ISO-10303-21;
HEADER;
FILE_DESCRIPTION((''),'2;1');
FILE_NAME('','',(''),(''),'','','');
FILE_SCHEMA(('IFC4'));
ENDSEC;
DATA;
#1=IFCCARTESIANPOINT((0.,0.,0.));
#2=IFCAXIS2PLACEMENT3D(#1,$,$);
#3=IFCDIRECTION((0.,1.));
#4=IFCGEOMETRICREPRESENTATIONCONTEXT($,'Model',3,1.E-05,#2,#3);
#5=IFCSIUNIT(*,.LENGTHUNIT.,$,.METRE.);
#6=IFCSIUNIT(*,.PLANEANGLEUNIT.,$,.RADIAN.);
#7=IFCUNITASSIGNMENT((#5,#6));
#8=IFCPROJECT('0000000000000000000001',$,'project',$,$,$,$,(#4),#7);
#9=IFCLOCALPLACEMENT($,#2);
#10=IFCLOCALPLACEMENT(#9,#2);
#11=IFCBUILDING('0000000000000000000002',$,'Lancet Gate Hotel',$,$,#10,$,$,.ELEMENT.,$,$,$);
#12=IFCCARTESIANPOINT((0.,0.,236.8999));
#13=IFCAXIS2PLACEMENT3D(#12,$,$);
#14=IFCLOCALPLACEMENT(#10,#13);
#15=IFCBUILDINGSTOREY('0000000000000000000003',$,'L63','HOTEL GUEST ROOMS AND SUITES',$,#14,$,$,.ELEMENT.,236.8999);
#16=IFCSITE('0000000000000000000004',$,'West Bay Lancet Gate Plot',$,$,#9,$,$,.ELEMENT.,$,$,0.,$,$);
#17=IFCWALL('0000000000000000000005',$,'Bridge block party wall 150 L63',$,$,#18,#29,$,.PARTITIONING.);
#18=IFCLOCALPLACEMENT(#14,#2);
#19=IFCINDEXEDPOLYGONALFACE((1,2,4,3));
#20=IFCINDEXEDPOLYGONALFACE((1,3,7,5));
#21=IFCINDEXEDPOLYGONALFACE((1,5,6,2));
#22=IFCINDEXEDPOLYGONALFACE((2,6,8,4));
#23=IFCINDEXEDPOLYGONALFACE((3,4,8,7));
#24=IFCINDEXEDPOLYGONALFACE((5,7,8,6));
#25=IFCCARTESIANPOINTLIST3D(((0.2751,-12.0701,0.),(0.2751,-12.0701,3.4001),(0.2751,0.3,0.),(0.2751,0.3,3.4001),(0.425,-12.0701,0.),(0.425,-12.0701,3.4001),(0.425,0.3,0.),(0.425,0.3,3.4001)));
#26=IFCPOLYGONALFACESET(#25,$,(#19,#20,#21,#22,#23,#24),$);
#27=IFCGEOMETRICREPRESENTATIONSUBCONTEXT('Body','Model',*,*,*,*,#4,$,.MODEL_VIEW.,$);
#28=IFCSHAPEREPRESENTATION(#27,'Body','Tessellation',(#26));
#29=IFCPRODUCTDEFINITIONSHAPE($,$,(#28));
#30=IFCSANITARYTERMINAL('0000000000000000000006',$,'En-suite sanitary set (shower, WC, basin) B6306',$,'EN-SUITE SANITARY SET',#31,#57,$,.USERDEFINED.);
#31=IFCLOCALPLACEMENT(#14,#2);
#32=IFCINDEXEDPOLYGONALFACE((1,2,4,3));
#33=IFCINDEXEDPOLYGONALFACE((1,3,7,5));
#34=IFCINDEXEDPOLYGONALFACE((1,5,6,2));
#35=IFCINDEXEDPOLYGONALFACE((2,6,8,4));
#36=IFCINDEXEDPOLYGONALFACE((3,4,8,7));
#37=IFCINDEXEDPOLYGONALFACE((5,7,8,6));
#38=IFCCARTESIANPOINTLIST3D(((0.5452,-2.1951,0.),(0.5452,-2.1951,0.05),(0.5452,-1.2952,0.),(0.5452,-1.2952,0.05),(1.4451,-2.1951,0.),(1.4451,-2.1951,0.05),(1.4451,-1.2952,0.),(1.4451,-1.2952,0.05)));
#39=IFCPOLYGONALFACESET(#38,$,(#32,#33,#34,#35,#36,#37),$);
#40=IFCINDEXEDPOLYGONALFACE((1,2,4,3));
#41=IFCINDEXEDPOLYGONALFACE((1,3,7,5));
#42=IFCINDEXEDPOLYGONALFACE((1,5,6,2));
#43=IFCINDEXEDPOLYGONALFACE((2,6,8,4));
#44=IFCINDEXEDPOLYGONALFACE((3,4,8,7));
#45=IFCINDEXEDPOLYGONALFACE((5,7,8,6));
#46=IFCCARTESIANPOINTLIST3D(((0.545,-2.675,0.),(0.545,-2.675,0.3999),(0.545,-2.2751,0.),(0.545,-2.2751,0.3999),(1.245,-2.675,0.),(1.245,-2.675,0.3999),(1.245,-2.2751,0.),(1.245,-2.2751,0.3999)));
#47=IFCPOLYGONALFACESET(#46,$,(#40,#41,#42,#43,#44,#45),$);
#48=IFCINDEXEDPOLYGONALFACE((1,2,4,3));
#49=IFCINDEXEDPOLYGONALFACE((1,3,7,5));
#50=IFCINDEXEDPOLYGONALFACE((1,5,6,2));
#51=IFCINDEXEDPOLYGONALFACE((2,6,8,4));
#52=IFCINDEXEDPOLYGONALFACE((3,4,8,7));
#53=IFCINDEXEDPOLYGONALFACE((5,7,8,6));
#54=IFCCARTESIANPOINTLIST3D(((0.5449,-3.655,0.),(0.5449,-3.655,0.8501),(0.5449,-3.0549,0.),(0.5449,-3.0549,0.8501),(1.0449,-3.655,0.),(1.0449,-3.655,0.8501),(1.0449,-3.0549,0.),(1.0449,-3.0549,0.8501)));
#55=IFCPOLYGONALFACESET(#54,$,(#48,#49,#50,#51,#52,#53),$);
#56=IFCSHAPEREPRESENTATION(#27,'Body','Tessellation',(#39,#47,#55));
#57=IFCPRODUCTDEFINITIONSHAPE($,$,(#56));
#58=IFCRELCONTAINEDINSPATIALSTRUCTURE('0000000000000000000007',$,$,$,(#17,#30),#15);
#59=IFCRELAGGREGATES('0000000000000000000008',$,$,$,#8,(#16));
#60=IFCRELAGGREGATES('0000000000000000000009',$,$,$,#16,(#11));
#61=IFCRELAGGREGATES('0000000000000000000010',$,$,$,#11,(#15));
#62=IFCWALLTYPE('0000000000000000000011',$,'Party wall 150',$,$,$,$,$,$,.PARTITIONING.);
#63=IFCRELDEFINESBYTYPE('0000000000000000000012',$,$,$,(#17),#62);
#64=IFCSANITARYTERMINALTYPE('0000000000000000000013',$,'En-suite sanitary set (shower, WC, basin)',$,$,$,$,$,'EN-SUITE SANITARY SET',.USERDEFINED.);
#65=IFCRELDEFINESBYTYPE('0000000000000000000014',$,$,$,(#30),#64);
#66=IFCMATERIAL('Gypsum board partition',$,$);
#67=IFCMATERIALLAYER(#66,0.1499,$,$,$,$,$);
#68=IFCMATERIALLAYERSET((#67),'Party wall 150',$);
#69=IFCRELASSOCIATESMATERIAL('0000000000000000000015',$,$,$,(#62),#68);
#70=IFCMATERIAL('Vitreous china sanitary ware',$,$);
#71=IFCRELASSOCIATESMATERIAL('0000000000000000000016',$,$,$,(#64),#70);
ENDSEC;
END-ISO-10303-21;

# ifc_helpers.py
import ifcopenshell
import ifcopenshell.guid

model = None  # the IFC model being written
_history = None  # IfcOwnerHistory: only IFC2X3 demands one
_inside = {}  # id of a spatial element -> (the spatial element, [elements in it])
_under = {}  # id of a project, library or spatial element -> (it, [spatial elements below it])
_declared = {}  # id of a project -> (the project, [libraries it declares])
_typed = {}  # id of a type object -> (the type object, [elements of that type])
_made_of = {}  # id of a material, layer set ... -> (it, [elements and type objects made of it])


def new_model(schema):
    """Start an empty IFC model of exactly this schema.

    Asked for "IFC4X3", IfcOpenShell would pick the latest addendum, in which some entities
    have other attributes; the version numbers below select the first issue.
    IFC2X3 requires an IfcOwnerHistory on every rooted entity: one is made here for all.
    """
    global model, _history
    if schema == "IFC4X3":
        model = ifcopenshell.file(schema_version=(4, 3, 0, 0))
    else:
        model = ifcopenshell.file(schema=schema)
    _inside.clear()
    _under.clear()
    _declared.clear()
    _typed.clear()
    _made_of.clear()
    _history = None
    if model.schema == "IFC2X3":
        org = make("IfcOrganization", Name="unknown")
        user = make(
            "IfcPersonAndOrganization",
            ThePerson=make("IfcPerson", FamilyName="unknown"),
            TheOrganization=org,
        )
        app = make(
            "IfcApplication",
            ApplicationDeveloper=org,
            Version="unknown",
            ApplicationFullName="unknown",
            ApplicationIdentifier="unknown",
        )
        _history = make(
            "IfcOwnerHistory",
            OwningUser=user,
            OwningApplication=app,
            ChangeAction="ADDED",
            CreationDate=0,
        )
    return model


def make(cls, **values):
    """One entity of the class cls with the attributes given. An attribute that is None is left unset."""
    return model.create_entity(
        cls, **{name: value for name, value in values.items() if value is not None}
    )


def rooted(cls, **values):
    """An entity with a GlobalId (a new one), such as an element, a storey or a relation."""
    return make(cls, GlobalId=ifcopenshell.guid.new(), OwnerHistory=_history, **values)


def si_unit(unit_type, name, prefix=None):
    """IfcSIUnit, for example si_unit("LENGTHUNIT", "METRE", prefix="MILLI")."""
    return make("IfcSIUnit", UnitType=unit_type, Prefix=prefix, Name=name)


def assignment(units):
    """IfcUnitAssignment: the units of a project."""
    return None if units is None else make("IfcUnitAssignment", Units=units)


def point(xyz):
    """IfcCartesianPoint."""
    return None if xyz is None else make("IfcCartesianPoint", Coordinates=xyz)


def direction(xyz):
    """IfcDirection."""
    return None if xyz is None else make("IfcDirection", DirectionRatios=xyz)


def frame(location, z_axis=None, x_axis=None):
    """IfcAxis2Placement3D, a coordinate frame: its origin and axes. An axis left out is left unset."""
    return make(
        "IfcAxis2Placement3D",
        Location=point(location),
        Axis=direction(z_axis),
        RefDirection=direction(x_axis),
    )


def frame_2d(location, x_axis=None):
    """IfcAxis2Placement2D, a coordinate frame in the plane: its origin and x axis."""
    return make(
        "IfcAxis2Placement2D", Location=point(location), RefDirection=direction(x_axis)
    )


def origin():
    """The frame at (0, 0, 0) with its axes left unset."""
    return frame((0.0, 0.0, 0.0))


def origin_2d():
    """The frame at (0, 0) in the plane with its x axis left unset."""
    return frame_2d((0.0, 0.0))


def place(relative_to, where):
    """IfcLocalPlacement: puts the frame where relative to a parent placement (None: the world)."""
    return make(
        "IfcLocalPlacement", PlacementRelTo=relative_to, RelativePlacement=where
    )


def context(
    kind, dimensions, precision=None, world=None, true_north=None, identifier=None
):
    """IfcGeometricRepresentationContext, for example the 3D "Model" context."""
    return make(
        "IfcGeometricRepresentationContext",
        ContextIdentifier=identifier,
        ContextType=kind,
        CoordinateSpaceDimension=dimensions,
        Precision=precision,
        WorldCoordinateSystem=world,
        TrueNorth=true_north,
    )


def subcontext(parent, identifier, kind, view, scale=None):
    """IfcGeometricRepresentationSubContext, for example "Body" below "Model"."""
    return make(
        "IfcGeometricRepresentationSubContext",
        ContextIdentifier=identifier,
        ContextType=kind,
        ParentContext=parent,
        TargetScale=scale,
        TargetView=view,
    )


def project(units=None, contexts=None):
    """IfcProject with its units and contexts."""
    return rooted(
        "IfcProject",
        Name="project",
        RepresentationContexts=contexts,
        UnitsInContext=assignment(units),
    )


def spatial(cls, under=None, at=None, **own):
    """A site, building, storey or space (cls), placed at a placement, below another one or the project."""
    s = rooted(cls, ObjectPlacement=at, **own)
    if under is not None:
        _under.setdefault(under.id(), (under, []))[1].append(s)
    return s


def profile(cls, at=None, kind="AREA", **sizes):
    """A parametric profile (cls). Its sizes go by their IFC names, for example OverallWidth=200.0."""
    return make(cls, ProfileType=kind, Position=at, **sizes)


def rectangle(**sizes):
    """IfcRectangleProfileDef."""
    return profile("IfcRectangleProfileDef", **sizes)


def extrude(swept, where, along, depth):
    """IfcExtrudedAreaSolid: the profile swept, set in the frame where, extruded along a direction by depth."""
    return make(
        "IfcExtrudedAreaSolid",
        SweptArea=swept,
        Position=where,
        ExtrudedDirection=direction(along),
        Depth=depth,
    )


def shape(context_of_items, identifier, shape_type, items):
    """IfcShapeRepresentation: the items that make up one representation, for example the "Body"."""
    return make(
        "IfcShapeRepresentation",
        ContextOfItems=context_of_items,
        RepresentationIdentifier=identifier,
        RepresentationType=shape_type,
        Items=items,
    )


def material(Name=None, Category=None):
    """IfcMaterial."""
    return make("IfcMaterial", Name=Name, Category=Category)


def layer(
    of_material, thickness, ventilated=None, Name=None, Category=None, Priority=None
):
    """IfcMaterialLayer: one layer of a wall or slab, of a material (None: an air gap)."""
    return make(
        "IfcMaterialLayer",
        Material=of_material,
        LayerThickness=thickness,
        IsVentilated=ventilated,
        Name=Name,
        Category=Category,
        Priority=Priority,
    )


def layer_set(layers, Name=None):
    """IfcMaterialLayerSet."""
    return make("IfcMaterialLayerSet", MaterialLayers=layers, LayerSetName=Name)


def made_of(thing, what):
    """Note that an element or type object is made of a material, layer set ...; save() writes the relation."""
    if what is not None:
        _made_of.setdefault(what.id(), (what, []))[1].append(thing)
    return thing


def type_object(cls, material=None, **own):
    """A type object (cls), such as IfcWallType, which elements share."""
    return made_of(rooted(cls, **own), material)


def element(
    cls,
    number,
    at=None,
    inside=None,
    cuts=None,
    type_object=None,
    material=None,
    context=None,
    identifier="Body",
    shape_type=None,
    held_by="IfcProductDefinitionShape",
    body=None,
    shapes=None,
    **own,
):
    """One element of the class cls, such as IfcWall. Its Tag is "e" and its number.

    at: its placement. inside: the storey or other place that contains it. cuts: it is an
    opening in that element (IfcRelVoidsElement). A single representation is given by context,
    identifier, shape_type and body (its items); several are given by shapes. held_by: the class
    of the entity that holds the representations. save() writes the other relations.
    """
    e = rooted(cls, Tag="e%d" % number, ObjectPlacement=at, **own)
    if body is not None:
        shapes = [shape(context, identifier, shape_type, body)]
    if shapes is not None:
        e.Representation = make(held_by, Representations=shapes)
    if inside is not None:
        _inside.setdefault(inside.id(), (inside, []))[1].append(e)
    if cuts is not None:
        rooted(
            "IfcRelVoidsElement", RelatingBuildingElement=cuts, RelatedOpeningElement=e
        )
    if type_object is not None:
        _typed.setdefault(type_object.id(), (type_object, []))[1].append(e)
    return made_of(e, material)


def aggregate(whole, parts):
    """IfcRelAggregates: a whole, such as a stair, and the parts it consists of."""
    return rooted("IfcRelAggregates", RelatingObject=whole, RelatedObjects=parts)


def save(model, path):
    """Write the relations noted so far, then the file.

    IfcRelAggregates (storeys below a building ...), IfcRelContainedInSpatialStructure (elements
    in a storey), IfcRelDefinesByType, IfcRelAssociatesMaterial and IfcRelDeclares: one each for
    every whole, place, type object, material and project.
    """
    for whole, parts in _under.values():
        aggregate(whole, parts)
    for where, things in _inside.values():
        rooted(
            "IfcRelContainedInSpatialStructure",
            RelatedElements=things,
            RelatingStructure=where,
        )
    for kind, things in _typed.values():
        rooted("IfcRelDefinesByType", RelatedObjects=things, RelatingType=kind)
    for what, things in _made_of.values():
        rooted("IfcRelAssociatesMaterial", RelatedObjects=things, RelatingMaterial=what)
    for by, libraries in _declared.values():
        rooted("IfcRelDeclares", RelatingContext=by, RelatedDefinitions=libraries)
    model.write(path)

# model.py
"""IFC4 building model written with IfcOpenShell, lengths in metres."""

from ifc_helpers import new_model, si_unit, direction, frame, frame_2d, origin, origin_2d, place, context, subcontext, project, spatial, rectangle, extrude, material, layer, layer_set, type_object, element, save


model = new_model("IFC4")

# Units and contexts
model_context = context("Model", 3, precision=1e-05, world=origin(), true_north=direction((0.0, 1.0)))
body_context = subcontext(model_context, "Body", "Model", "MODEL_VIEW")
ifc_project = project(units=[si_unit("LENGTHUNIT", "METRE"), si_unit("PLANEANGLEUNIT", "RADIAN")], contexts=[model_context])

# Site, building, storey
site_placement = place(None, origin())
site = spatial("IfcSite", under=ifc_project, at=site_placement, Name="West Bay Lancet Gate Plot", CompositionType="ELEMENT", RefElevation=0.0)
building_placement = place(site_placement, origin())
building = spatial("IfcBuilding", under=site, at=building_placement, Name="Lancet Gate Hotel", CompositionType="ELEMENT")
storey_placement = place(building_placement, frame((0.0, 0.0, 236.8999)))
storey = spatial("IfcBuildingStorey", under=building, at=storey_placement, Name="L63", Description="HOTEL GUEST ROOMS AND SUITES", CompositionType="ELEMENT", Elevation=236.8999)

# Wall
ifc_material_1 = material(Name="Gypsum board partition")
ifc_layer_1 = layer(ifc_material_1, 0.1499)
ifc_layer_set_1 = layer_set([ifc_layer_1], Name="Party wall 150")
wall_type_1 = type_object("IfcWallType", Name="Party wall 150", PredefinedType="PARTITIONING", material=ifc_layer_set_1)
wall_1_placement = place(storey_placement, frame((0.3501, -12.0701, 0.0), z_axis=(0.0, 0.0, 1.0), x_axis=(0.0, 1.0, 0.0)))
element("IfcWall", 1, at=wall_1_placement, inside=storey, type_object=wall_type_1, Name="Bridge block party wall 150 L63", PredefinedType="PARTITIONING", context=body_context, shape_type="SweptSolid", body=[
    extrude(rectangle(XDim=12.3701, YDim=0.1499, at=frame_2d((6.1851, 0.0))), origin(), (0.0, 0.0, 1.0), 3.4001),
])

# Sanitary terminal
ifc_material_2 = material(Name="Vitreous china sanitary ware")
sanitary_terminal_type = type_object("IfcSanitaryTerminalType", Name="En-suite sanitary set (shower, WC, basin)", ElementType="EN-SUITE SANITARY SET", PredefinedType="USERDEFINED", material=ifc_material_2)
sanitary_terminal_placement = place(storey_placement, frame((0.9951, -1.7451, 0.0), z_axis=(0.0, 0.0, 1.0), x_axis=(1.0, 0.0, 0.0)))
element("IfcSanitaryTerminal", 2, at=sanitary_terminal_placement, inside=storey, type_object=sanitary_terminal_type, Name="En-suite sanitary set (shower, WC, basin) B6306", ObjectType="EN-SUITE SANITARY SET", PredefinedType="USERDEFINED", context=body_context, shape_type="SweptSolid", body=[
    extrude(rectangle(XDim=0.8999, YDim=0.8999, at=origin_2d()), frame((0.0, 0.0, 0.0), z_axis=(0.0, 0.0, 1.0), x_axis=(0.0, 1.0, 0.0)), (0.0, 0.0, 1.0), 0.05),
    extrude(rectangle(XDim=0.3999, YDim=0.7, at=origin_2d()), frame((-0.1001, -0.73, 0.0), z_axis=(0.0, 0.0, 1.0), x_axis=(0.0, 1.0, 0.0)), (0.0, 0.0, 1.0), 0.3999),
    extrude(rectangle(XDim=0.6001, YDim=0.5, at=origin_2d()), frame((-0.2002, -1.6099, 0.0), z_axis=(0.0, 0.0, 1.0), x_axis=(0.0, 1.0, 0.0)), (0.0, 0.0, 1.0), 0.8501),
])

save(model, "model.ifc")
